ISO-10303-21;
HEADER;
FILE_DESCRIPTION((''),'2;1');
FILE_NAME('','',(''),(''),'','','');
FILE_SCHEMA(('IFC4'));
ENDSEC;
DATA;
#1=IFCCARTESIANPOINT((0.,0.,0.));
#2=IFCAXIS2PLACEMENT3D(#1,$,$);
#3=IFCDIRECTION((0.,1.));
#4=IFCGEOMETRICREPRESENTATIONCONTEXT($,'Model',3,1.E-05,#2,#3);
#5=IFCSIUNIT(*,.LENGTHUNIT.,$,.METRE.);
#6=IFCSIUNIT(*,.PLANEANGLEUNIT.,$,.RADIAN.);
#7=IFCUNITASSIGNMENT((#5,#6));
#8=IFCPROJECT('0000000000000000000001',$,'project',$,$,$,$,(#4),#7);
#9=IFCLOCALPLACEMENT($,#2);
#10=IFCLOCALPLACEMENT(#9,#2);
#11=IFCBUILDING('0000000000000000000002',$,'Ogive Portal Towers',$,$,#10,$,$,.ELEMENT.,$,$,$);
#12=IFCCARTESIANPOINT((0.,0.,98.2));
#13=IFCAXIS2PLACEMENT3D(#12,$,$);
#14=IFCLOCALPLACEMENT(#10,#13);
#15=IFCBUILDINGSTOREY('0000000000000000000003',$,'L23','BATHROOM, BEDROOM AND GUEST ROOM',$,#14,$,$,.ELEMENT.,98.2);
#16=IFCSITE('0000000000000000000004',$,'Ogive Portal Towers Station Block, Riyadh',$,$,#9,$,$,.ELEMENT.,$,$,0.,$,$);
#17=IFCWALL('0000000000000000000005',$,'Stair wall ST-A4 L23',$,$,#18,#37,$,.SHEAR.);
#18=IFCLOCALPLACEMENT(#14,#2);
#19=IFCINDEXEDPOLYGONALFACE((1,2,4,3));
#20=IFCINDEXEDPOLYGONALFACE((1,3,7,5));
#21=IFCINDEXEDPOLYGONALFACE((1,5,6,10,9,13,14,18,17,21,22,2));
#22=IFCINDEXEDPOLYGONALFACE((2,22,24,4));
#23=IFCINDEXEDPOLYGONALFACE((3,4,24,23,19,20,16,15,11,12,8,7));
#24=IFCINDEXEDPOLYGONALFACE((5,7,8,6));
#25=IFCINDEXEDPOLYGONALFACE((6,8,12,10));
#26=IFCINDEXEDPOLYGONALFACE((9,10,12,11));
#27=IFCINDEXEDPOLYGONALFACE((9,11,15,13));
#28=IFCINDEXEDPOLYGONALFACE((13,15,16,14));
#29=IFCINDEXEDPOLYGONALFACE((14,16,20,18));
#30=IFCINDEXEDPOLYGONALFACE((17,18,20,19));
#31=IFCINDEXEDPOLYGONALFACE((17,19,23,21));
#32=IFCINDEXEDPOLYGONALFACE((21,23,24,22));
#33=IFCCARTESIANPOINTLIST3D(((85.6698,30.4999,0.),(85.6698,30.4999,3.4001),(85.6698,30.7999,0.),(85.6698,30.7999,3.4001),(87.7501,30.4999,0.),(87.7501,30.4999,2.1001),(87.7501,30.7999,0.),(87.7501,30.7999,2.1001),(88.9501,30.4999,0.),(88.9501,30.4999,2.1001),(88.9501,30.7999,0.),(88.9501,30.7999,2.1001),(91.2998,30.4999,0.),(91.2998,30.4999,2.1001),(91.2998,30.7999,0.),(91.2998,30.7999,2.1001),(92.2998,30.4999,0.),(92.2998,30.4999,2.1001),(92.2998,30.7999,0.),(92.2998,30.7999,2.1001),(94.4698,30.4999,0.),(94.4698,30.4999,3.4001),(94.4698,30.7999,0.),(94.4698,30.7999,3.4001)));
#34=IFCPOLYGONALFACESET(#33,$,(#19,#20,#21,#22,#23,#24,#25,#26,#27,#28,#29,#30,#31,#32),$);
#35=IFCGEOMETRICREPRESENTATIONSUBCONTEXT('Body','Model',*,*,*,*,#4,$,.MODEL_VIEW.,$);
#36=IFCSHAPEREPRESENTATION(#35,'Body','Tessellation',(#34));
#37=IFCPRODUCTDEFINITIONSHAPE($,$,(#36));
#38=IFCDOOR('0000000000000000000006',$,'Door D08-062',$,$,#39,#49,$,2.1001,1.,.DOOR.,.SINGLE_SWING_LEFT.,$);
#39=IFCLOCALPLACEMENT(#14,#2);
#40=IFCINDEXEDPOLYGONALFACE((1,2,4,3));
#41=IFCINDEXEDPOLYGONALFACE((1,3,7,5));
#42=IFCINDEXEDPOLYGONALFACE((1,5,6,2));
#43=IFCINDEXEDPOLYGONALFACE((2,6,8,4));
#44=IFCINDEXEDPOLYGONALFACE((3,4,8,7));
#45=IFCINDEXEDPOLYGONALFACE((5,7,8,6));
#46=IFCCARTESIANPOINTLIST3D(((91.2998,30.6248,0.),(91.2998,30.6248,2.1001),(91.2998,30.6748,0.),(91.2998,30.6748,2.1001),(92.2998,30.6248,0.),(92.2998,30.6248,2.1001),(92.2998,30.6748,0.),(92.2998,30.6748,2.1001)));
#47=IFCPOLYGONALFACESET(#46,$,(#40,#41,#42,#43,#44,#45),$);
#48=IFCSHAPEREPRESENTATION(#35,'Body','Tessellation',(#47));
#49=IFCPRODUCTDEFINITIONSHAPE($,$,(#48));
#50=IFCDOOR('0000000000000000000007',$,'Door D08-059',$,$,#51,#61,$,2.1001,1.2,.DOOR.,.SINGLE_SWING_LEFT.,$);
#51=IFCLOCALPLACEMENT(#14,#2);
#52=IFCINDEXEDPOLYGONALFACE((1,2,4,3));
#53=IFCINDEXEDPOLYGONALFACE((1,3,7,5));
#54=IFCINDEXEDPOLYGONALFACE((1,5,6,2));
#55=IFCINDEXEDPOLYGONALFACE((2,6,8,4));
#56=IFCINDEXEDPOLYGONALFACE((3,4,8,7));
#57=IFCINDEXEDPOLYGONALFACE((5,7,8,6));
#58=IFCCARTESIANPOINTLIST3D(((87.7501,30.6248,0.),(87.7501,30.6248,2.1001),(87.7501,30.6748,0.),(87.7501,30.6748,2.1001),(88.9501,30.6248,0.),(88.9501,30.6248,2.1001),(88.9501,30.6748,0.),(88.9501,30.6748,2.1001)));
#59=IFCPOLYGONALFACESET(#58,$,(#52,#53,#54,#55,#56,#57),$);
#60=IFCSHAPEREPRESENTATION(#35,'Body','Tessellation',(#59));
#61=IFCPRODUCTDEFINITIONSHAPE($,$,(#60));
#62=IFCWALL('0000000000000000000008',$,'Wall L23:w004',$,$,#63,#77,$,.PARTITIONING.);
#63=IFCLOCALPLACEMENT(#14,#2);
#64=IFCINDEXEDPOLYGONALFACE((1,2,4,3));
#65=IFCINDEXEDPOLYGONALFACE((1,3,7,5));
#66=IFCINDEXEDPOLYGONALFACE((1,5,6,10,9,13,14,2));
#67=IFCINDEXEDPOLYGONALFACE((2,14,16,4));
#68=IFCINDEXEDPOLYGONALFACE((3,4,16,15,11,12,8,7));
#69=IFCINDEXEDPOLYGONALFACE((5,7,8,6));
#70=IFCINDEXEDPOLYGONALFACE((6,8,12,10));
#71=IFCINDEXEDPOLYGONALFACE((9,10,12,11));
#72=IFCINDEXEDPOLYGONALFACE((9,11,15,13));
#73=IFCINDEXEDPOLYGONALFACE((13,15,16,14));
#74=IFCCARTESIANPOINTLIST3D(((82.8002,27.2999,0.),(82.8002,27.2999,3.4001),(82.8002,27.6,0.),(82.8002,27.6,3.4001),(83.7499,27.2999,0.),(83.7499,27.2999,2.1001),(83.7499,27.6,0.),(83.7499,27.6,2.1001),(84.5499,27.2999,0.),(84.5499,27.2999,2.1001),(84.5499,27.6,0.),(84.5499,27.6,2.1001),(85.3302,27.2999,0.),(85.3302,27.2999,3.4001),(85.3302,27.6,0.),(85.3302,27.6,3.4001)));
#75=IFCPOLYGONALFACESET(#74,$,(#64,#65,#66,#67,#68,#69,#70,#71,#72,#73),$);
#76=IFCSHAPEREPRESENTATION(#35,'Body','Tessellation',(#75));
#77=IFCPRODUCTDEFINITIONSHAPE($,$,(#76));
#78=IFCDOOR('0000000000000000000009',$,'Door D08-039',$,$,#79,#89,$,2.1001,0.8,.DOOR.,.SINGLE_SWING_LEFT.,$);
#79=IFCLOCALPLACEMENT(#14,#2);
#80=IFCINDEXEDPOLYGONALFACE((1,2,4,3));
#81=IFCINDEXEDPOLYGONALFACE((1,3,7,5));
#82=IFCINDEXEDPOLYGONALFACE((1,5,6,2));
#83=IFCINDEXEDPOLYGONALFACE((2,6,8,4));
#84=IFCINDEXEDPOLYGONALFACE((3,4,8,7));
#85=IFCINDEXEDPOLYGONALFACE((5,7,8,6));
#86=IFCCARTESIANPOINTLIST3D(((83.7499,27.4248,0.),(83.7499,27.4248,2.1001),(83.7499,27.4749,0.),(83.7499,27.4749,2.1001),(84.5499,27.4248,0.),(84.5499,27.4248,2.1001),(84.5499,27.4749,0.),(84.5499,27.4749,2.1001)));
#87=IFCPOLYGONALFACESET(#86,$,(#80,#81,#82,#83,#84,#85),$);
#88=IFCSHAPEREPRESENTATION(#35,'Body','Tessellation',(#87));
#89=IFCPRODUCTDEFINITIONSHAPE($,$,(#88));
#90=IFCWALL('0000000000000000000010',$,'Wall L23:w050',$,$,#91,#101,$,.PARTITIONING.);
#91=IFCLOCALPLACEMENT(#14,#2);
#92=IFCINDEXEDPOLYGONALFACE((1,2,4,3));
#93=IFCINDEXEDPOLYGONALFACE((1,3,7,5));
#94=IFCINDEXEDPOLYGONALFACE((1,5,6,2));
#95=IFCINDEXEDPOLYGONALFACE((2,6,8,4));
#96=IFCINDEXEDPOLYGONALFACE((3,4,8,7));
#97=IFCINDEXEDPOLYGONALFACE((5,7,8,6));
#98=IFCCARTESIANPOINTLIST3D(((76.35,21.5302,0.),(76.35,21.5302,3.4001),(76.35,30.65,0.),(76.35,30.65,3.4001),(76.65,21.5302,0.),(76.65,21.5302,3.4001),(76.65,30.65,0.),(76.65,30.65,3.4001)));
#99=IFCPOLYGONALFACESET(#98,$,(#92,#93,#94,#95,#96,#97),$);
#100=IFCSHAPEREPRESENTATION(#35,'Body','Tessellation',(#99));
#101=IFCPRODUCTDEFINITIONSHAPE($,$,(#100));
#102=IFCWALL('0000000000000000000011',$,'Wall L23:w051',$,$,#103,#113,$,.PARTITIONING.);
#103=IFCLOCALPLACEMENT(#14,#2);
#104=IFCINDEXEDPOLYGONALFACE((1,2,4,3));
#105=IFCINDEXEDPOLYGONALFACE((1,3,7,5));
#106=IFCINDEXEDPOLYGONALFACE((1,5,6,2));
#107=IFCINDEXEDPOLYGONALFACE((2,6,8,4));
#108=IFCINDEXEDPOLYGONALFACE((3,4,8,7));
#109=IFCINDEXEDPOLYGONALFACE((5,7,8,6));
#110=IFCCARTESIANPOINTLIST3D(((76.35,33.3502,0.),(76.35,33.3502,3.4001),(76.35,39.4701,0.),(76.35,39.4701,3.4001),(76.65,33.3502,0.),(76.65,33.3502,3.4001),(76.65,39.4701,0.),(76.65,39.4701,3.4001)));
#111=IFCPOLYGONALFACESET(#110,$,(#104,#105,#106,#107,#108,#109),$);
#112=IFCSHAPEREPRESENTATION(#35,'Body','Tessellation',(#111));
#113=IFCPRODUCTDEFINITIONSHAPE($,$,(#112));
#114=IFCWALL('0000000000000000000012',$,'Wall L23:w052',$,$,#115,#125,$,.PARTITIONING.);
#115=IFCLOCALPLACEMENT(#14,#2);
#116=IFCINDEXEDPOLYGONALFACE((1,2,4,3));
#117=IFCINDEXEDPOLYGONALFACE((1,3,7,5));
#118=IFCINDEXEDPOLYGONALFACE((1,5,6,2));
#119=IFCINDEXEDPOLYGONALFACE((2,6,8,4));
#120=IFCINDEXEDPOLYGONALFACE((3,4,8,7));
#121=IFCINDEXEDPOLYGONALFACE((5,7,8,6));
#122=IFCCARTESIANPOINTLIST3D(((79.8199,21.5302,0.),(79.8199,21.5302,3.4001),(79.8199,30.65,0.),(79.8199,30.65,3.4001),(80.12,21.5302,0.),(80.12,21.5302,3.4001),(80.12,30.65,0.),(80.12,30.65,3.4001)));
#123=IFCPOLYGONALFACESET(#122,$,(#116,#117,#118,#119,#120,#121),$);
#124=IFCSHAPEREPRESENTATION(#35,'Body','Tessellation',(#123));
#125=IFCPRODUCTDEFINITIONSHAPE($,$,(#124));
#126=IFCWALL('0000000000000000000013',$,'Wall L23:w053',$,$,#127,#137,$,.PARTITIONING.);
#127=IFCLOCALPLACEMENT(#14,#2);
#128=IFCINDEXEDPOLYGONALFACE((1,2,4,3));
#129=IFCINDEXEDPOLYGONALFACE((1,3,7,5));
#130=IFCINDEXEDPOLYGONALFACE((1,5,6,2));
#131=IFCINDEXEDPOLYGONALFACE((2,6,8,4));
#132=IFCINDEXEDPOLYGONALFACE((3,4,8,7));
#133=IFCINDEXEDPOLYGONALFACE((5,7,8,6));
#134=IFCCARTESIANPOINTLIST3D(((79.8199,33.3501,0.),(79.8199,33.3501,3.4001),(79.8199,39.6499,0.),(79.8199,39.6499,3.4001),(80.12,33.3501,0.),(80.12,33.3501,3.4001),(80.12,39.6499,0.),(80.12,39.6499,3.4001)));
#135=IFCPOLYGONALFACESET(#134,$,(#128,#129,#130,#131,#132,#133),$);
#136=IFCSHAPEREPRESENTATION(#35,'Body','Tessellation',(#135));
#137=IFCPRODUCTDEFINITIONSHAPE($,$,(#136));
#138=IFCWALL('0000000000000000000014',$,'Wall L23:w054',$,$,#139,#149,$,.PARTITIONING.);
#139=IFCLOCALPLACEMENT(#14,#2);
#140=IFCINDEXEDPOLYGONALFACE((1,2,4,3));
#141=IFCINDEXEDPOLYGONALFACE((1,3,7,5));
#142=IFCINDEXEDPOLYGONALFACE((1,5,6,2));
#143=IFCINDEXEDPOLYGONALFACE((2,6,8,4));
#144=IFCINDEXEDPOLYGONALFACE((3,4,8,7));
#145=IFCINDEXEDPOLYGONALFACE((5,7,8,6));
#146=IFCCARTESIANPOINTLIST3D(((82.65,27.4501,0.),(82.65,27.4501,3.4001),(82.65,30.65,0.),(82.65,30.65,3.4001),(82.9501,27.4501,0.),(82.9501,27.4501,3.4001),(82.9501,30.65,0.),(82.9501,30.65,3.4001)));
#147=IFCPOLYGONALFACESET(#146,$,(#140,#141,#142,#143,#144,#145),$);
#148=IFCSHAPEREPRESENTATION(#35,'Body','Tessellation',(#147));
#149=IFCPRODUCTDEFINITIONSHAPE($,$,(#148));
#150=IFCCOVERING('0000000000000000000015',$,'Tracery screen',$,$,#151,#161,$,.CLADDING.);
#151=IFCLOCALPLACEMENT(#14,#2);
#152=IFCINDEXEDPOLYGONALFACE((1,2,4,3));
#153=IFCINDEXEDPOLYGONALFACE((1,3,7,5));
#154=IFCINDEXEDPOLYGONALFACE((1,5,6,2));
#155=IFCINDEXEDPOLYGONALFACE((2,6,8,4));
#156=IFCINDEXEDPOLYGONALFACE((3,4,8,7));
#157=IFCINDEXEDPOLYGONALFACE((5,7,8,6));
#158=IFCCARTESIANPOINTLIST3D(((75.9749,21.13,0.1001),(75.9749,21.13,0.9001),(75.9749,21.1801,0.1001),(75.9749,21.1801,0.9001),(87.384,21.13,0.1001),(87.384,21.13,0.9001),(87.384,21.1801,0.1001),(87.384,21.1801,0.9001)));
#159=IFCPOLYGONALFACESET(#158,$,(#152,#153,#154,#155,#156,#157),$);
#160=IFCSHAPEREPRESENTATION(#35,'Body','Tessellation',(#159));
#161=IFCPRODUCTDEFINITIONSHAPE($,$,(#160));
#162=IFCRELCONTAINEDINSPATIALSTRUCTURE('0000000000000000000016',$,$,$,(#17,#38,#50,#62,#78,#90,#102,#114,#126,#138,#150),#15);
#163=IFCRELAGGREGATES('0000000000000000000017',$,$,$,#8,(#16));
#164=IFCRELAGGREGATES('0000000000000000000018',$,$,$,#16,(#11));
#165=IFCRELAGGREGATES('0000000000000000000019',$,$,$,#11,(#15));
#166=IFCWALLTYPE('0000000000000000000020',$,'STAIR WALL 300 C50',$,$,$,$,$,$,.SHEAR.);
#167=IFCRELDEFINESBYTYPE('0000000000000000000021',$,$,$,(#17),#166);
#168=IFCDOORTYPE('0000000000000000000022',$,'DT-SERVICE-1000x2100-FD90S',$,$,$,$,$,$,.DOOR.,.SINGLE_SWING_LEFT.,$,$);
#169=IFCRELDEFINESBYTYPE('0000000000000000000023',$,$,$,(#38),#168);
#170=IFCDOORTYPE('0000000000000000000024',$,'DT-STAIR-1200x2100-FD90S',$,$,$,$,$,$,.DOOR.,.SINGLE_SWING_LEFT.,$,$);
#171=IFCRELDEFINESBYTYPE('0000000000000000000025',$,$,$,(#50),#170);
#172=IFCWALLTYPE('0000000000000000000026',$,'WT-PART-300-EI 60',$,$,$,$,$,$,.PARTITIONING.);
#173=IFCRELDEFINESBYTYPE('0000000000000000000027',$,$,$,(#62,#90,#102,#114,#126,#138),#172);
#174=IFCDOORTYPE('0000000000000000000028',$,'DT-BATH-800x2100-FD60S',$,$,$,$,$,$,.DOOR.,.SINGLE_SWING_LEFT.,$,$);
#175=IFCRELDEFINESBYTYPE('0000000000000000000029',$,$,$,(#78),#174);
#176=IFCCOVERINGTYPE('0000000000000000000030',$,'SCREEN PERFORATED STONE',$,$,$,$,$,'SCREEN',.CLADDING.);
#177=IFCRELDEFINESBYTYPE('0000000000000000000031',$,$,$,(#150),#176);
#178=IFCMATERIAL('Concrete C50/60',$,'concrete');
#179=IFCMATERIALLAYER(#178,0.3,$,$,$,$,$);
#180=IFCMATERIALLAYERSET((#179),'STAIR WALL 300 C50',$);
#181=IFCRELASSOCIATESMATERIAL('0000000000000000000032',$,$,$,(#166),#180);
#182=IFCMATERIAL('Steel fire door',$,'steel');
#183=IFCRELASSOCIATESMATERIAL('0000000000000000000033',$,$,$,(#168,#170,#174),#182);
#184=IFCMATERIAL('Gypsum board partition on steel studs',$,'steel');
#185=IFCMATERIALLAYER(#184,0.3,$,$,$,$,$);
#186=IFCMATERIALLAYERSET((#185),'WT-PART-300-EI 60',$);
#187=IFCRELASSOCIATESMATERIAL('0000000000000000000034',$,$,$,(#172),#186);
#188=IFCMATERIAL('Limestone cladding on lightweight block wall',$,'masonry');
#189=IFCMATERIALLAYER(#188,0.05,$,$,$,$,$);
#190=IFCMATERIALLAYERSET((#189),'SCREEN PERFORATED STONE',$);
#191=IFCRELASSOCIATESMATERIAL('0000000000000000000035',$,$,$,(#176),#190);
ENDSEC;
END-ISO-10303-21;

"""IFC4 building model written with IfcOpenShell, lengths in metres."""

from ifc_helpers import new_model, si_unit, direction, frame, frame_2d, origin, origin_2d, place, context, subcontext, project, spatial, rectangle, extrude, material, layer, layer_set, type_object, element, fill, save


model = new_model("IFC4")

# Units and contexts
model_context = context("Model", 3, precision=1e-05, world=origin(), true_north=direction((0.0, 1.0)))
body_context = subcontext(model_context, "Body", "Model", "MODEL_VIEW")
ifc_project = project(units=[si_unit("LENGTHUNIT", "METRE"), si_unit("PLANEANGLEUNIT", "RADIAN")], contexts=[model_context])

# Site, building, storey
site_placement = place(None, origin())
site = spatial("IfcSite", under=ifc_project, at=site_placement, Name="Ogive Portal Towers Station Block, Riyadh", CompositionType="ELEMENT", RefElevation=0.0)
building_placement = place(site_placement, origin())
building = spatial("IfcBuilding", under=site, at=building_placement, Name="Ogive Portal Towers", CompositionType="ELEMENT")
storey_placement = place(building_placement, frame((0.0, 0.0, 98.2)))
storey = spatial("IfcBuildingStorey", under=building, at=storey_placement, Name="L23", Description="BATHROOM, BEDROOM AND GUEST ROOM", CompositionType="ELEMENT", Elevation=98.2)

# Shared definitions
ifc_material_1 = material(Name="Limestone cladding on lightweight block wall", Category="masonry")

# Shared definitions
ifc_material_2 = material(Name="Steel fire door", Category="steel")

# Shared definitions
ifc_material_3 = material(Name="Concrete C50/60", Category="concrete")
ifc_layer_1 = layer(ifc_material_3, 0.3)
ifc_layer_set_1 = layer_set([ifc_layer_1], Name="STAIR WALL 300 C50")
wall_type_1 = type_object("IfcWallType", Name="STAIR WALL 300 C50", PredefinedType="SHEAR", material=ifc_layer_set_1)

# Wall, openings, doors
wall_1_placement = place(storey_placement, frame((85.6699, 30.6499, 0.0), z_axis=(0.0, 0.0, 1.0), x_axis=(1.0, 0.0, 0.0)))
wall_1 = element("IfcWall", 1, at=wall_1_placement, inside=storey, type_object=wall_type_1, Name="Stair wall ST-A4 L23", PredefinedType="SHEAR", context=body_context, shape_type="SweptSolid", body=[
    extrude(rectangle(XDim=8.8, YDim=0.3, at=frame_2d((4.3999, 0.0))), origin(), (0.0, 0.0, 1.0), 3.4001),
])
opening_1_placement = place(wall_1_placement, frame((2.0801, 0.0, 0.0)))
opening_1 = element("IfcOpeningElement", 2, at=opening_1_placement, cuts=wall_1, PredefinedType="OPENING", context=body_context, shape_type="SweptSolid", body=[
    extrude(rectangle(XDim=1.2, YDim=2.1001, at=frame_2d((0.6001, 1.05))), frame((0.0, 0.1602, 0.0), z_axis=(0.0, -1.0, 0.0), x_axis=(1.0, 0.0, 0.0)), (0.0, 0.0, 1.0), 0.3201),
])
opening_2_placement = place(wall_1_placement, frame((5.6299, 0.0, 0.0)))
opening_2 = element("IfcOpeningElement", 3, at=opening_2_placement, cuts=wall_1, PredefinedType="OPENING", context=body_context, shape_type="SweptSolid", body=[
    extrude(rectangle(XDim=1.0, YDim=2.1001, at=frame_2d((0.5, 1.05))), frame((0.0, 0.1602, 0.0), z_axis=(0.0, -1.0, 0.0), x_axis=(1.0, 0.0, 0.0)), (0.0, 0.0, 1.0), 0.3201),
])
door_type_1 = type_object("IfcDoorType", Name="DT-SERVICE-1000x2100-FD90S", OperationType="SINGLE_SWING_LEFT", PredefinedType="DOOR", material=ifc_material_2)
door_1_placement = place(opening_2_placement, origin())
door_1 = element("IfcDoor", 4, at=door_1_placement, inside=storey, type_object=door_type_1, Name="Door D08-062", OperationType="SINGLE_SWING_LEFT", OverallHeight=2.1001, OverallWidth=1.0, PredefinedType="DOOR", context=body_context, shape_type="SweptSolid", body=[
    extrude(rectangle(XDim=1.0, YDim=2.1001, at=frame_2d((0.5, 1.05))), frame((0.0, 0.0249, 0.0), z_axis=(0.0, -1.0, 0.0), x_axis=(1.0, 0.0, 0.0)), (0.0, 0.0, 1.0), 0.05),
])
fill(opening_2, door_1)
door_type_2 = type_object("IfcDoorType", Name="DT-STAIR-1200x2100-FD90S", OperationType="SINGLE_SWING_LEFT", PredefinedType="DOOR", material=ifc_material_2)
door_2_placement = place(opening_1_placement, origin())
door_2 = element("IfcDoor", 5, at=door_2_placement, inside=storey, type_object=door_type_2, Name="Door D08-059", OperationType="SINGLE_SWING_LEFT", OverallHeight=2.1001, OverallWidth=1.2, PredefinedType="DOOR", context=body_context, shape_type="SweptSolid", body=[
    extrude(rectangle(XDim=1.2, YDim=2.1001, at=frame_2d((0.6001, 1.05))), frame((0.0, 0.0249, 0.0), z_axis=(0.0, -1.0, 0.0), x_axis=(1.0, 0.0, 0.0)), (0.0, 0.0, 1.0), 0.05),
])
fill(opening_1, door_2)

# Wall, opening, door
ifc_material_4 = material(Name="Gypsum board partition on steel studs", Category="steel")
ifc_layer_2 = layer(ifc_material_4, 0.3)
ifc_layer_set_2 = layer_set([ifc_layer_2], Name="WT-PART-300-EI 60")
wall_type_2 = type_object("IfcWallType", Name="WT-PART-300-EI 60", PredefinedType="PARTITIONING", material=ifc_layer_set_2)
wall_2_placement = place(storey_placement, frame((82.8, 27.45, 0.0), z_axis=(0.0, 0.0, 1.0), x_axis=(1.0, 0.0, 0.0)))
wall_2 = element("IfcWall", 6, at=wall_2_placement, inside=storey, type_object=wall_type_2, Name="Wall L23:w004", PredefinedType="PARTITIONING", context=body_context, shape_type="SweptSolid", body=[
    extrude(rectangle(XDim=2.53, YDim=0.3, at=frame_2d((1.2651, 0.0))), origin(), (0.0, 0.0, 1.0), 3.4001),
])
opening_3_placement = place(wall_2_placement, frame((0.95, 0.0, 0.0)))
opening_3 = element("IfcOpeningElement", 7, at=opening_3_placement, cuts=wall_2, PredefinedType="OPENING", context=body_context, shape_type="SweptSolid", body=[
    extrude(rectangle(XDim=0.8, YDim=2.1001, at=frame_2d((0.3999, 1.05))), frame((0.0, 0.1602, 0.0), z_axis=(0.0, -1.0, 0.0), x_axis=(1.0, 0.0, 0.0)), (0.0, 0.0, 1.0), 0.3201),
])
door_type_3 = type_object("IfcDoorType", Name="DT-BATH-800x2100-FD60S", OperationType="SINGLE_SWING_LEFT", PredefinedType="DOOR", material=ifc_material_2)
door_3_placement = place(opening_3_placement, origin())
door_3 = element("IfcDoor", 8, at=door_3_placement, inside=storey, type_object=door_type_3, Name="Door D08-039", OperationType="SINGLE_SWING_LEFT", OverallHeight=2.1001, OverallWidth=0.8, PredefinedType="DOOR", context=body_context, shape_type="SweptSolid", body=[
    extrude(rectangle(XDim=0.8, YDim=2.1001, at=frame_2d((0.3999, 1.05))), frame((0.0, 0.0249, 0.0), z_axis=(0.0, -1.0, 0.0), x_axis=(1.0, 0.0, 0.0)), (0.0, 0.0, 1.0), 0.05),
])
fill(opening_3, door_3)

# Walls
wall_3_placement = place(storey_placement, frame((76.5, 21.53, 0.0), z_axis=(0.0, 0.0, 1.0), x_axis=(0.0, 1.0, 0.0)))
element("IfcWall", 9, at=wall_3_placement, inside=storey, type_object=wall_type_2, Name="Wall L23:w050", PredefinedType="PARTITIONING", context=body_context, shape_type="SweptSolid", body=[
    extrude(rectangle(XDim=9.1199, YDim=0.3, at=frame_2d((4.5601, 0.0))), origin(), (0.0, 0.0, 1.0), 3.4001),
])
wall_4_placement = place(storey_placement, frame((76.5, 33.3501, 0.0), z_axis=(0.0, 0.0, 1.0), x_axis=(0.0, 1.0, 0.0)))
element("IfcWall", 10, at=wall_4_placement, inside=storey, type_object=wall_type_2, Name="Wall L23:w051", PredefinedType="PARTITIONING", context=body_context, shape_type="SweptSolid", body=[
    extrude(rectangle(XDim=6.1199, YDim=0.3, at=frame_2d((3.0601, 0.0))), origin(), (0.0, 0.0, 1.0), 3.4001),
])
wall_5_placement = place(storey_placement, frame((79.97, 21.53, 0.0), z_axis=(0.0, 0.0, 1.0), x_axis=(0.0, 1.0, 0.0)))
element("IfcWall", 11, at=wall_5_placement, inside=storey, type_object=wall_type_2, Name="Wall L23:w052", PredefinedType="PARTITIONING", context=body_context, shape_type="SweptSolid", body=[
    extrude(rectangle(XDim=9.1199, YDim=0.3, at=frame_2d((4.5601, 0.0))), origin(), (0.0, 0.0, 1.0), 3.4001),
])
wall_6_placement = place(storey_placement, frame((79.97, 33.3501, 0.0), z_axis=(0.0, 0.0, 1.0), x_axis=(0.0, 1.0, 0.0)))
element("IfcWall", 12, at=wall_6_placement, inside=storey, type_object=wall_type_2, Name="Wall L23:w053", PredefinedType="PARTITIONING", context=body_context, shape_type="SweptSolid", body=[
    extrude(rectangle(XDim=6.2998, YDim=0.3, at=frame_2d((3.1499, 0.0))), origin(), (0.0, 0.0, 1.0), 3.4001),
])
wall_7_placement = place(storey_placement, frame((82.8, 27.45, 0.0), z_axis=(0.0, 0.0, 1.0), x_axis=(0.0, 1.0, 0.0)))
element("IfcWall", 13, at=wall_7_placement, inside=storey, type_object=wall_type_2, Name="Wall L23:w054", PredefinedType="PARTITIONING", context=body_context, shape_type="SweptSolid", body=[
    extrude(rectangle(XDim=3.2, YDim=0.3, at=frame_2d((1.6001, 0.0))), origin(), (0.0, 0.0, 1.0), 3.4001),
])

# Covering
ifc_layer_3 = layer(ifc_material_1, 0.05)
ifc_layer_set_3 = layer_set([ifc_layer_3], Name="SCREEN PERFORATED STONE")
covering_type = type_object("IfcCoveringType", Name="SCREEN PERFORATED STONE", ElementType="SCREEN", PredefinedType="CLADDING", material=ifc_layer_set_3)
covering_placement = place(storey_placement, frame((81.6794, 21.155, 0.1001), z_axis=(0.0, 0.0, 1.0), x_axis=(1.0, 0.0, 0.0)))
element("IfcCovering", 14, at=covering_placement, inside=storey, type_object=covering_type, Name="Tracery screen", PredefinedType="CLADDING", context=body_context, shape_type="SweptSolid", body=[
    extrude(rectangle(XDim=11.4092, YDim=0.05, at=origin_2d()), origin(), (0.0, 0.0, 1.0), 0.8),
])

save(model, "model.ifc")
